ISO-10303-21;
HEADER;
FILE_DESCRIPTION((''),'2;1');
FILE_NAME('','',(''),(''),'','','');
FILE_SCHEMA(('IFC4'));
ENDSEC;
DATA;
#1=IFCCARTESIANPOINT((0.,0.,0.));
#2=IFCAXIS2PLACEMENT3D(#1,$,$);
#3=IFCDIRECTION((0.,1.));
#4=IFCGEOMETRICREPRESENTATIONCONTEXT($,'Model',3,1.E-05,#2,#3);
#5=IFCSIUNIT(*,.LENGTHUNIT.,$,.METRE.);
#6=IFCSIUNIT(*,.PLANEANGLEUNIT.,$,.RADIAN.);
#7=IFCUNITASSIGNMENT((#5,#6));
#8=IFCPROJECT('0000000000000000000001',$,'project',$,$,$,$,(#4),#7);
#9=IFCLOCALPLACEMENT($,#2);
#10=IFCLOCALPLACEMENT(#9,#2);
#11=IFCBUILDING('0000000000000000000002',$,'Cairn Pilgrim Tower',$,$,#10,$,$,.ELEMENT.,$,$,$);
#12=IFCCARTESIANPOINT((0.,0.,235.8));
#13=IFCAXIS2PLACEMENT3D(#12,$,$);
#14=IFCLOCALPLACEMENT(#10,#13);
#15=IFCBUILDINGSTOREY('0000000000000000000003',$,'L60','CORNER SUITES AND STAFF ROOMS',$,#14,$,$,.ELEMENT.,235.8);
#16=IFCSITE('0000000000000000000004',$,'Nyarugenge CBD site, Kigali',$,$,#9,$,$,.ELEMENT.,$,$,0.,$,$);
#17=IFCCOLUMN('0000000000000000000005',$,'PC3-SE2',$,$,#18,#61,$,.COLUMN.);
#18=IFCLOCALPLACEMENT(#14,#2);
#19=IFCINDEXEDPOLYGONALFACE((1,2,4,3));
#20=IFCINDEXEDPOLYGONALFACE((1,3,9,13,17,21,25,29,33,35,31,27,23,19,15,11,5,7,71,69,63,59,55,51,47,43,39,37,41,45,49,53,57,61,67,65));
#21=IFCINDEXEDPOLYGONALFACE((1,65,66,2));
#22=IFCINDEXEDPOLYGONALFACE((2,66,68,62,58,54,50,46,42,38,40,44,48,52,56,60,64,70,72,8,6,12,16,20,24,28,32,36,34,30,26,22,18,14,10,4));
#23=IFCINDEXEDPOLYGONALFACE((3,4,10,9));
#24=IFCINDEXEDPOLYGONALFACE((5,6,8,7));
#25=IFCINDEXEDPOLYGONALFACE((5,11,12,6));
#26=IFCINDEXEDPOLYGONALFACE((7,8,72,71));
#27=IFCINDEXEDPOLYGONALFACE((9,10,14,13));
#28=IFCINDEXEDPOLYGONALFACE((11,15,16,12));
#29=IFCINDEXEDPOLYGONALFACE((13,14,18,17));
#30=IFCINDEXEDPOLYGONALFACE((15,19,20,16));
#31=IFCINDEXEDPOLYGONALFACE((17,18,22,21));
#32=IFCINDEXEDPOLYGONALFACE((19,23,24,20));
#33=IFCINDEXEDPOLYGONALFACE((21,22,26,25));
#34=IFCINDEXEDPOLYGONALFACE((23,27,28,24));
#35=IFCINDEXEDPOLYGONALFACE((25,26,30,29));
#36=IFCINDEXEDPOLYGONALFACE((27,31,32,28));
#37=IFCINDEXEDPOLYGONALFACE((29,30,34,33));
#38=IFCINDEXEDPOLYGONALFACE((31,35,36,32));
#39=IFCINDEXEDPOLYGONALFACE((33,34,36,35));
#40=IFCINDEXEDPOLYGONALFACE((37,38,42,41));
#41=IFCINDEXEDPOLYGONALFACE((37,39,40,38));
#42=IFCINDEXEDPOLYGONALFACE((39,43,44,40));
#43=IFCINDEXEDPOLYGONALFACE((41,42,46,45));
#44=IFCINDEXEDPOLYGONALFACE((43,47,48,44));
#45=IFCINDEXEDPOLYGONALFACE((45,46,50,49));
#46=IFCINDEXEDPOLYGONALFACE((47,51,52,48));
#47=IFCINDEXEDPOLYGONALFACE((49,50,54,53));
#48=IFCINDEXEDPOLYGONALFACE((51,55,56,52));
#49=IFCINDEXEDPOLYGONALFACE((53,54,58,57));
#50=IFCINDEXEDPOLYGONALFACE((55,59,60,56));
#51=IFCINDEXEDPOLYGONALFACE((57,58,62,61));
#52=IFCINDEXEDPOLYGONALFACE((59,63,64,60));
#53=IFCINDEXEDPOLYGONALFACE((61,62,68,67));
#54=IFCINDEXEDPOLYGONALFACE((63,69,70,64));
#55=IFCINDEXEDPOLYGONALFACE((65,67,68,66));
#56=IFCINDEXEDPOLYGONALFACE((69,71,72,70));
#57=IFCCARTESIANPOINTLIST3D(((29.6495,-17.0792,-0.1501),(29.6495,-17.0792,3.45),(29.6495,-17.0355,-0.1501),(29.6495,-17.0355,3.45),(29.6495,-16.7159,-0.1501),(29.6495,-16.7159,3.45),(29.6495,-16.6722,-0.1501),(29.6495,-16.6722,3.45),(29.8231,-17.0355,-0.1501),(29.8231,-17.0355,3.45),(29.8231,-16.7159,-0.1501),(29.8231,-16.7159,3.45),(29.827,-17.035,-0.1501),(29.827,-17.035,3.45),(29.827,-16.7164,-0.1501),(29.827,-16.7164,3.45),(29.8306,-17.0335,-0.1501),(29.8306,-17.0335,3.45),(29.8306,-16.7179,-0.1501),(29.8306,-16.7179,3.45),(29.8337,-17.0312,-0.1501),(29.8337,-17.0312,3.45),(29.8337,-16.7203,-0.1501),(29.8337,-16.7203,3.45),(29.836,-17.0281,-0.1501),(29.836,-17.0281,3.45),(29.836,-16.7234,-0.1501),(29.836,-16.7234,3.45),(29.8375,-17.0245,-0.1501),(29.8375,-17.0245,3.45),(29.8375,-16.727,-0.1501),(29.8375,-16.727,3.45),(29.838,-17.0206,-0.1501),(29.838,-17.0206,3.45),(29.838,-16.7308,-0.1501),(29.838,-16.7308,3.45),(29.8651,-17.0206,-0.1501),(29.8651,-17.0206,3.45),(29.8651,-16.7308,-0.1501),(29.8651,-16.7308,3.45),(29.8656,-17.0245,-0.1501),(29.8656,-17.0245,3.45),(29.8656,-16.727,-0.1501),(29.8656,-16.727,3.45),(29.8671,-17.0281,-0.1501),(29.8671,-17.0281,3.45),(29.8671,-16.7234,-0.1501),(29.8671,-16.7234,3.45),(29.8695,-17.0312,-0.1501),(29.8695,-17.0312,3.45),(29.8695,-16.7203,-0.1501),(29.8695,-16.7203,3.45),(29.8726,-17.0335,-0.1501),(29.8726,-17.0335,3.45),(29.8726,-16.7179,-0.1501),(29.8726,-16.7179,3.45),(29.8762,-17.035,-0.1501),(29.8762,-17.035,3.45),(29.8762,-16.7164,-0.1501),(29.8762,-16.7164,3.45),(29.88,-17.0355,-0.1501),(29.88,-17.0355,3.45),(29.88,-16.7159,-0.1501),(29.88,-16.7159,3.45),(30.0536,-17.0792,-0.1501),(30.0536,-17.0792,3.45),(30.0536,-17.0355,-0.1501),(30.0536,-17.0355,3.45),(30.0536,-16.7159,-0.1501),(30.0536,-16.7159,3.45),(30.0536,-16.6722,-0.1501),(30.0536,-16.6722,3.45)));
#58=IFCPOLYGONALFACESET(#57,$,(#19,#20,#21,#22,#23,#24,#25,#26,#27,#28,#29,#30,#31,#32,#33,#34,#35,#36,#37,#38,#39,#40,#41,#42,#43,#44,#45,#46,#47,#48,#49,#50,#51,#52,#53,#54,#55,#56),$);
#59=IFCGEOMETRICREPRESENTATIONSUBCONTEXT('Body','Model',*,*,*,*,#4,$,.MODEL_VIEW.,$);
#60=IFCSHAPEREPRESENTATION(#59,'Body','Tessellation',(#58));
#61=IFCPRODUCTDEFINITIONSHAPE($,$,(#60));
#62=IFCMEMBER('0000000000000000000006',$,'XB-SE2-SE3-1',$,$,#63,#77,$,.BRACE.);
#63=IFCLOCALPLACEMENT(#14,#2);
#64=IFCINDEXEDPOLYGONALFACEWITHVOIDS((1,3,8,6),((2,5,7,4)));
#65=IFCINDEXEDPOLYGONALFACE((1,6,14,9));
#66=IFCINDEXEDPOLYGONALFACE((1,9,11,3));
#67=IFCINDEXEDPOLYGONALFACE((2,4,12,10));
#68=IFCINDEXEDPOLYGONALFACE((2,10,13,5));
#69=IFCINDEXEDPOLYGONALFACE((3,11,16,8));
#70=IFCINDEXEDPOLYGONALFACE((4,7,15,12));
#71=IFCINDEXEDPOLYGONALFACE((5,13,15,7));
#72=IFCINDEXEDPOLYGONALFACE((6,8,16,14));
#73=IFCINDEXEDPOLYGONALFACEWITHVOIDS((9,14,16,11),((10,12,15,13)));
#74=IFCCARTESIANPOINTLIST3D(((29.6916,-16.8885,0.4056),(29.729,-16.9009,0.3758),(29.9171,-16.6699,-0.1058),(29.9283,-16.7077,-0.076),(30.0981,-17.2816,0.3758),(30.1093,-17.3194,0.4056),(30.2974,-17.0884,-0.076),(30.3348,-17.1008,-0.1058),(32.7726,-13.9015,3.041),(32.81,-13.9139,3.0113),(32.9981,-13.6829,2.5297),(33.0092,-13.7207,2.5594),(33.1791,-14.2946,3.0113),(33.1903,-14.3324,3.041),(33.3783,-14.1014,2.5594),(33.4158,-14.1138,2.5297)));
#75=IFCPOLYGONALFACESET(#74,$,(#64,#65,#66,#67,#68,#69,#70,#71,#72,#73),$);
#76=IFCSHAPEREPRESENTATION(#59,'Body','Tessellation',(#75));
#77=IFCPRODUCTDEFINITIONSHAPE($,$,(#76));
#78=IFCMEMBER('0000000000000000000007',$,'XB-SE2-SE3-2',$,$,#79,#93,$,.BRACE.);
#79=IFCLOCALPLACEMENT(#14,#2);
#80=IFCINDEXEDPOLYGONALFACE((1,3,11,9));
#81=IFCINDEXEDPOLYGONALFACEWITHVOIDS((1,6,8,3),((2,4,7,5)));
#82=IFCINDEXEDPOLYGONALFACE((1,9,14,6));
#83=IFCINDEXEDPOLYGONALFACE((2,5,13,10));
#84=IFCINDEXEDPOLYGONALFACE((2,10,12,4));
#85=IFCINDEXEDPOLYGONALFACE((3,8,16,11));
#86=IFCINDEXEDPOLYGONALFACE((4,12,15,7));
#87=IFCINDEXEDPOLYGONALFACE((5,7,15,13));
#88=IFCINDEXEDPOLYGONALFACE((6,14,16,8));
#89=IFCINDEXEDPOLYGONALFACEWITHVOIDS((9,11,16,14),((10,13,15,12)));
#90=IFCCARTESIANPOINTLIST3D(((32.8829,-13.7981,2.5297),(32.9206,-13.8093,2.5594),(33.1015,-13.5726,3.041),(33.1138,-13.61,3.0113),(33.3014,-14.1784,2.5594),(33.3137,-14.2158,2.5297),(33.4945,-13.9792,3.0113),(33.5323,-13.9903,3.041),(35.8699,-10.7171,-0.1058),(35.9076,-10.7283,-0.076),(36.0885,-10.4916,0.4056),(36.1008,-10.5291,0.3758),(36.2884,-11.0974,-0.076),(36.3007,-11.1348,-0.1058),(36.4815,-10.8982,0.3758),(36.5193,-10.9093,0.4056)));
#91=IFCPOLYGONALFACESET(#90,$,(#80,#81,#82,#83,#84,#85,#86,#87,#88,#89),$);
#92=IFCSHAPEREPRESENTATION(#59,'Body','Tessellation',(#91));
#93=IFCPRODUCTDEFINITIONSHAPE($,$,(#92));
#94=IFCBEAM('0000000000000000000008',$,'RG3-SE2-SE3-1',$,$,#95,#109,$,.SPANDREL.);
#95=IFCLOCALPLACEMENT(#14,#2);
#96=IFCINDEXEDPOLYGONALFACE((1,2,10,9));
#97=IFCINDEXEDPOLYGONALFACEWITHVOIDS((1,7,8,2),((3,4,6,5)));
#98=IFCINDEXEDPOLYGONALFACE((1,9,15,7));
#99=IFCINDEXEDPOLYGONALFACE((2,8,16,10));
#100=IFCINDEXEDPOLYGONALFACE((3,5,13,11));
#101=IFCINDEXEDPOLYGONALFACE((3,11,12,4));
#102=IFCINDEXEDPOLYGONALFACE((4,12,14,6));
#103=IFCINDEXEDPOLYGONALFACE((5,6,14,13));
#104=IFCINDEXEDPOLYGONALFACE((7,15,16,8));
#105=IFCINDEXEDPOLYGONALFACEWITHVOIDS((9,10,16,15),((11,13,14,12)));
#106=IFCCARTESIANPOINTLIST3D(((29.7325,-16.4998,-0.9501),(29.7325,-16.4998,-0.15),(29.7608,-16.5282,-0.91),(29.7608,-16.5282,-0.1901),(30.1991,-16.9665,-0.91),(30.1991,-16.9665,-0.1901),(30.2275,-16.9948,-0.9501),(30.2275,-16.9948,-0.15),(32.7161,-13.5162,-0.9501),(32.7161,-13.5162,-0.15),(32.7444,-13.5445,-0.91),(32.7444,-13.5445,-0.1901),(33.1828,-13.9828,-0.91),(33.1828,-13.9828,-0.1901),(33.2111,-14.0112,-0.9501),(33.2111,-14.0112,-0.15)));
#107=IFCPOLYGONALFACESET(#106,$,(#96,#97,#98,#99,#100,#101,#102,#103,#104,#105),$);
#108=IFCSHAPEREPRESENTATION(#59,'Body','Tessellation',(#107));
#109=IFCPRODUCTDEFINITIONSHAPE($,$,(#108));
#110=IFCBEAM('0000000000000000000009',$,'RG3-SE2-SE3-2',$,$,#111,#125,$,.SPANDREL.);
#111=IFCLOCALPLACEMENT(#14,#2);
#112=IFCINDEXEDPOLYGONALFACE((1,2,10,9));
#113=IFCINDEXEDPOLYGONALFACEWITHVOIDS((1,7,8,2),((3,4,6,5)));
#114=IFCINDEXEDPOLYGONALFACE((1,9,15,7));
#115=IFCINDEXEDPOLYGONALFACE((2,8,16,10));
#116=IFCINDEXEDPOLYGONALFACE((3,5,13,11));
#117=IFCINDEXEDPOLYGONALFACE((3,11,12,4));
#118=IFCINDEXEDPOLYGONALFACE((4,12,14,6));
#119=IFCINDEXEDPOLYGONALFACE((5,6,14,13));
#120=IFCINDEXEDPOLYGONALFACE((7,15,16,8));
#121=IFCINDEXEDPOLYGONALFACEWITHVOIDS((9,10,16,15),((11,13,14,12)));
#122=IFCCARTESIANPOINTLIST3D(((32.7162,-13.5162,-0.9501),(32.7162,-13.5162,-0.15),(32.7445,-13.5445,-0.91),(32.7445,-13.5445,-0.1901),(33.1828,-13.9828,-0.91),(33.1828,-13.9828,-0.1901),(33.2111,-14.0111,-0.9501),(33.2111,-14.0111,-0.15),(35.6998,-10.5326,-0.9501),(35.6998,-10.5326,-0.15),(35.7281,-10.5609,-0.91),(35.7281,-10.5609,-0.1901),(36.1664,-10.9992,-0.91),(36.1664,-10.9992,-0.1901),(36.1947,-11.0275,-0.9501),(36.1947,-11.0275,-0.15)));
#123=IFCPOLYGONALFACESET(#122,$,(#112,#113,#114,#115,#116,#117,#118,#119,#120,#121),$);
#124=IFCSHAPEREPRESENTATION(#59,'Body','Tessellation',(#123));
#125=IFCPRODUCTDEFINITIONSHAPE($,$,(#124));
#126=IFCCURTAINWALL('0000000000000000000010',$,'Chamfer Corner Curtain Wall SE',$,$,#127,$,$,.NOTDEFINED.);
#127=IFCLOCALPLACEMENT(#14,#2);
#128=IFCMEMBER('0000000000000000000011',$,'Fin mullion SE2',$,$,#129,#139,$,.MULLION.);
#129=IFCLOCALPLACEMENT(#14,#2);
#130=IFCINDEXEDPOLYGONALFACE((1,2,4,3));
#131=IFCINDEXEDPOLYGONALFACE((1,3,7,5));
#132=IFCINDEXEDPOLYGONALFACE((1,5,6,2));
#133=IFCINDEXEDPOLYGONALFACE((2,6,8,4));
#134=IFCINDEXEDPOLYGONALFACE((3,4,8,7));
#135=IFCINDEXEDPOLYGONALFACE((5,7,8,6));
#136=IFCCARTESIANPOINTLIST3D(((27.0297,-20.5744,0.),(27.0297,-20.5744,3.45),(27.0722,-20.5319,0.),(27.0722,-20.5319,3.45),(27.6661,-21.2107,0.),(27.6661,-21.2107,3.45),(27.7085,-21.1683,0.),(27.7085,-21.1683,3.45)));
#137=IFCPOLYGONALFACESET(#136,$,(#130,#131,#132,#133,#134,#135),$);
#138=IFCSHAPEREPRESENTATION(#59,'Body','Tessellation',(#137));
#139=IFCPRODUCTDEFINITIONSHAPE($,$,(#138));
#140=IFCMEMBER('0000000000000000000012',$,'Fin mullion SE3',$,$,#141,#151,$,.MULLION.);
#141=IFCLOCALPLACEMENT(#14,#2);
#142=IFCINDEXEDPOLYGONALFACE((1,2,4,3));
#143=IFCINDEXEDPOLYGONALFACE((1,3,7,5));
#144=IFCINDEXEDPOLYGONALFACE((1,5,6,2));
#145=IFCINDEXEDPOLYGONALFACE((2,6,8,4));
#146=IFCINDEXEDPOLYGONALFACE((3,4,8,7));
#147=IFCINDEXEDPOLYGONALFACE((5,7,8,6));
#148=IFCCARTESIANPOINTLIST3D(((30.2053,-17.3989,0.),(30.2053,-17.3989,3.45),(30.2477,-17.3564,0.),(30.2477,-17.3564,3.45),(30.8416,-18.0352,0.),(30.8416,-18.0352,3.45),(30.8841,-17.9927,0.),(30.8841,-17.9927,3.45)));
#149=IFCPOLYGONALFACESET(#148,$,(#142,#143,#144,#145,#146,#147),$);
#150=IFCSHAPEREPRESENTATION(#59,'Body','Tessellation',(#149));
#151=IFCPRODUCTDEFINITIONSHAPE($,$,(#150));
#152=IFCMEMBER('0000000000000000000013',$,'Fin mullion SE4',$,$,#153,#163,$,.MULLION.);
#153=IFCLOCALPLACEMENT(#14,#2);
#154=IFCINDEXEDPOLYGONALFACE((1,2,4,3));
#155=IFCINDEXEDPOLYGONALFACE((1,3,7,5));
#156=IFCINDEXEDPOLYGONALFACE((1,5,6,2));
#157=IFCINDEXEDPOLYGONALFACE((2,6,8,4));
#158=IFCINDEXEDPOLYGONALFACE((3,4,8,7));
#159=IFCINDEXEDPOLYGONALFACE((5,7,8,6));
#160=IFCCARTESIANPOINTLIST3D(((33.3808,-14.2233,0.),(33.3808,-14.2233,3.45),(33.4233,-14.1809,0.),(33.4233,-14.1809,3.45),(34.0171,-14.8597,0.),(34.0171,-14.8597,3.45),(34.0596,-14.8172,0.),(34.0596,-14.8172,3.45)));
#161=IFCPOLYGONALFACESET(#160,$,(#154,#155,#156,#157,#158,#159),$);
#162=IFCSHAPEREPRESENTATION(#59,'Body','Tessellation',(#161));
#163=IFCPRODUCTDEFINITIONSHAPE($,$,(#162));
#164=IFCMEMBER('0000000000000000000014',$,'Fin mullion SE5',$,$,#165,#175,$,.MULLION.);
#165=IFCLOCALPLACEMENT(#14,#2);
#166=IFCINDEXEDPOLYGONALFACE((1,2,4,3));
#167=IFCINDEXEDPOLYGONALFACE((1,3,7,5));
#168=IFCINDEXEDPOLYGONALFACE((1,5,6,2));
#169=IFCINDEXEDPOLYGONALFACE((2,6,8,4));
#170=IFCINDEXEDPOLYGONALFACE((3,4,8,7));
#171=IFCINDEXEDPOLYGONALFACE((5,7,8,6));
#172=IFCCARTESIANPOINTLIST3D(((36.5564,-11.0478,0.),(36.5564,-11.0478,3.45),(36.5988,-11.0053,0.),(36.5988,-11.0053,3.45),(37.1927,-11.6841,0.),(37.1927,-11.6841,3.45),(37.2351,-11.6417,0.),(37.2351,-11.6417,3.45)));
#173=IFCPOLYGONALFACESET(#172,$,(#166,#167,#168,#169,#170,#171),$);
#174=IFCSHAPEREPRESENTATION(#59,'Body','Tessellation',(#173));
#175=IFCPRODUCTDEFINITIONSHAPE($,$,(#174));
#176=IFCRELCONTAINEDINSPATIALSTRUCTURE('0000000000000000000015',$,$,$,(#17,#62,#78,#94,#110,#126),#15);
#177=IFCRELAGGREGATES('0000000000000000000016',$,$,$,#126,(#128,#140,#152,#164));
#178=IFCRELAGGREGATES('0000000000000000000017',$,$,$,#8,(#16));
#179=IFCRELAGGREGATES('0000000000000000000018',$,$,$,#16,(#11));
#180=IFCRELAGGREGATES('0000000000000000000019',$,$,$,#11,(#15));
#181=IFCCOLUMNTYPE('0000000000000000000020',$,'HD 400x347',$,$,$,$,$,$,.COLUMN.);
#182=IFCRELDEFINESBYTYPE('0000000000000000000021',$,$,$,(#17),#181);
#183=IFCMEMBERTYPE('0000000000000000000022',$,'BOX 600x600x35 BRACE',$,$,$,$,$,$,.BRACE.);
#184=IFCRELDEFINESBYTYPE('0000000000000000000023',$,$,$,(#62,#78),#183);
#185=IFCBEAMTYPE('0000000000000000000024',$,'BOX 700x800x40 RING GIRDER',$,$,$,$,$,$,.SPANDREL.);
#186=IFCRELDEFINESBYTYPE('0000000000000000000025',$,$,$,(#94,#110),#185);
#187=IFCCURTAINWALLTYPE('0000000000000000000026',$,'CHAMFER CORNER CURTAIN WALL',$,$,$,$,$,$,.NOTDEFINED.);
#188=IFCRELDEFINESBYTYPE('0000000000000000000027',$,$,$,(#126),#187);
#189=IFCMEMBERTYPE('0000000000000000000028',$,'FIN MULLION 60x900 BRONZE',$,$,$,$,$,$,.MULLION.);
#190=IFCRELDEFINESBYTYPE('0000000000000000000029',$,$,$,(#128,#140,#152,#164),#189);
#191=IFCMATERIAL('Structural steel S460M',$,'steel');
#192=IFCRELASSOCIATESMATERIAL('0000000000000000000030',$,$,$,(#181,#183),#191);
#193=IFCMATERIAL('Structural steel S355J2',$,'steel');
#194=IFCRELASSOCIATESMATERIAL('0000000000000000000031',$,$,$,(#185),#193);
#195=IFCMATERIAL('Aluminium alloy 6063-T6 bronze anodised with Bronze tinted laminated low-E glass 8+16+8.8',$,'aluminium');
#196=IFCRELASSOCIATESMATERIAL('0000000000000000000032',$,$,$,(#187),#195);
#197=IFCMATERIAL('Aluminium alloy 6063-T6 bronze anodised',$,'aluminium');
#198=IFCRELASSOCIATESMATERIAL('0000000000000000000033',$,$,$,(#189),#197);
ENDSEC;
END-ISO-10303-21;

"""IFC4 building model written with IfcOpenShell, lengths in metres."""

from ifc_helpers import new_model, si_unit, direction, frame, origin, origin_2d, place, context, subcontext, project, spatial, rectangle, hollow_rectangle, i_section, extrude, material, material_profile, profile_set, type_object, element, aggregate, save


model = new_model("IFC4")

# Units and contexts
model_context = context("Model", 3, precision=1e-05, world=origin(), true_north=direction((0.0, 1.0)))
body_context = subcontext(model_context, "Body", "Model", "MODEL_VIEW")
ifc_project = project(units=[si_unit("LENGTHUNIT", "METRE"), si_unit("PLANEANGLEUNIT", "RADIAN")], contexts=[model_context])

# Site, building, storey
site_placement = place(None, origin())
site = spatial("IfcSite", under=ifc_project, at=site_placement, Name="Nyarugenge CBD site, Kigali", CompositionType="ELEMENT", RefElevation=0.0)
building_placement = place(site_placement, origin())
building = spatial("IfcBuilding", under=site, at=building_placement, Name="Cairn Pilgrim Tower", CompositionType="ELEMENT")
storey_placement = place(building_placement, frame((0.0, 0.0, 235.8)))
storey = spatial("IfcBuildingStorey", under=building, at=storey_placement, Name="L60", Description="CORNER SUITES AND STAFF ROOMS", CompositionType="ELEMENT", Elevation=235.8)

# Column
ifc_material_1 = material(Name="Structural steel S460M", Category="steel")
ifc_material_profile_1 = material_profile(ifc_material_1, i_section(OverallWidth=0.4041, OverallDepth=0.407, WebThickness=0.0271, FlangeThickness=0.0437, FilletRadius=0.0149, at=origin_2d()), Name="HD 400x347")
ifc_profile_set_1 = profile_set([ifc_material_profile_1], Name="Structural steel S460M")
column_type = type_object("IfcColumnType", Name="HD 400x347", PredefinedType="COLUMN", material=ifc_profile_set_1)
column_placement = place(storey_placement, frame((29.8516, -16.8757, -0.1501), z_axis=(0.0, 0.0, 1.0), x_axis=(1.0, 0.0, 0.0)))
element("IfcColumn", 1, at=column_placement, inside=storey, type_object=column_type, Name="PC3-SE2", PredefinedType="COLUMN", context=body_context, shape_type="SweptSolid", body=[
    extrude(i_section(OverallWidth=0.4041, OverallDepth=0.407, WebThickness=0.0271, FlangeThickness=0.0437, FilletRadius=0.0149, at=origin_2d()), origin(), (0.0, 0.0, 1.0), 3.6001),
])

# Members
ifc_material_profile_2 = material_profile(ifc_material_1, hollow_rectangle(XDim=0.6001, YDim=0.6001, WallThickness=0.0349, at=origin_2d()), Name="BOX 600x600x35")
ifc_profile_set_2 = profile_set([ifc_material_profile_2], Name="Structural steel S460M")
member_type_1 = type_object("IfcMemberType", Name="BOX 600x600x35 BRACE", PredefinedType="BRACE", material=ifc_profile_set_2)
for number, where, z_axis, x_axis, name in (
    (2, (30.0132, -16.9946, 0.1499), (0.611806, 0.593142, 0.523332), (-0.69607, 0.717974, 0.0), "XB-SE2-SE3-1"),
    (3, (36.1946, -10.8132, 0.1499), (-0.593142, -0.611806, 0.523332), (0.717974, -0.69607, 0.0), "XB-SE2-SE3-2"),
):
    element("IfcMember", number, at=place(storey_placement, frame(where, z_axis=z_axis, x_axis=x_axis)), inside=storey, type_object=member_type_1, Name=name, PredefinedType="BRACE", context=body_context, shape_type="SweptSolid", body=[
        extrude(hollow_rectangle(XDim=0.6001, YDim=0.6001, WallThickness=0.0349, at=origin_2d()), origin(), (0.0, 0.0, 1.0), 5.0359),
    ])

# Beams
ifc_material_2 = material(Name="Structural steel S355J2", Category="steel")
ifc_material_profile_3 = material_profile(ifc_material_2, hollow_rectangle(XDim=0.7, YDim=0.8, WallThickness=0.04, at=origin_2d()), Name="BOX 700x800x40")
ifc_profile_set_3 = profile_set([ifc_material_profile_3], Name="Structural steel S355J2")
beam_type_1 = type_object("IfcBeamType", Name="BOX 700x800x40 RING GIRDER", PredefinedType="SPANDREL", material=ifc_profile_set_3)
for number, where, z_axis, x_axis, name in (
    (4, (29.98, -16.7473, -0.55), (0.707107, 0.707107, 0.0), (-0.707107, 0.707107, 0.0), "RG3-SE2-SE3-1"),
    (5, (32.9636, -13.7637, -0.55), (0.707107, 0.707107, 0.0), (-0.707107, 0.707107, 0.0), "RG3-SE2-SE3-2"),
):
    element("IfcBeam", number, at=place(storey_placement, frame(where, z_axis=z_axis, x_axis=x_axis)), inside=storey, type_object=beam_type_1, Name=name, PredefinedType="SPANDREL", context=body_context, shape_type="SweptSolid", body=[
        extrude(hollow_rectangle(XDim=0.7, YDim=0.8, WallThickness=0.04, at=origin_2d()), origin(), (0.0, 0.0, 1.0), 4.2195),
    ])

# Curtain wall, members
ifc_material_3 = material(Name="Aluminium alloy 6063-T6 bronze anodised with Bronze tinted laminated low-E glass 8+16+8.8", Category="aluminium")
curtain_wall_type = type_object("IfcCurtainWallType", Name="CHAMFER CORNER CURTAIN WALL", PredefinedType="NOTDEFINED", material=ifc_material_3)
curtain_wall_placement = place(storey_placement, origin())
curtain_wall = element("IfcCurtainWall", 6, at=curtain_wall_placement, inside=storey, type_object=curtain_wall_type, Name="Chamfer Corner Curtain Wall SE", PredefinedType="NOTDEFINED")
ifc_material_4 = material(Name="Aluminium alloy 6063-T6 bronze anodised", Category="aluminium")
ifc_material_profile_4 = material_profile(ifc_material_4, rectangle(XDim=0.8999, YDim=0.0601, at=origin_2d()), Name="FIN MULLION 60x900 BRONZE")
ifc_profile_set_4 = profile_set([ifc_material_profile_4], Name="Aluminium alloy 6063-T6 bronze anodised")
member_type_2 = type_object("IfcMemberType", Name="FIN MULLION 60x900 BRONZE", PredefinedType="MULLION", material=ifc_profile_set_4)
member_1_placement = place(storey_placement, frame((27.3691, -20.8713, 0.0), z_axis=(0.0, 0.0, 1.0), x_axis=(0.707107, -0.707107, 0.0)))
member_1 = element("IfcMember", 7, at=member_1_placement, type_object=member_type_2, Name="Fin mullion SE2", PredefinedType="MULLION", context=body_context, shape_type="SweptSolid", body=[
    extrude(rectangle(XDim=0.8999, YDim=0.0601, at=origin_2d()), origin(), (0.0, 0.0, 1.0), 3.45),
])
member_2_placement = place(storey_placement, frame((30.5447, -17.6958, 0.0), z_axis=(0.0, 0.0, 1.0), x_axis=(0.707107, -0.707107, 0.0)))
member_2 = element("IfcMember", 8, at=member_2_placement, type_object=member_type_2, Name="Fin mullion SE3", PredefinedType="MULLION", context=body_context, shape_type="SweptSolid", body=[
    extrude(rectangle(XDim=0.8999, YDim=0.0601, at=origin_2d()), origin(), (0.0, 0.0, 1.0), 3.45),
])
member_3_placement = place(storey_placement, frame((33.7202, -14.5203, 0.0), z_axis=(0.0, 0.0, 1.0), x_axis=(0.707107, -0.707107, 0.0)))
member_3 = element("IfcMember", 9, at=member_3_placement, type_object=member_type_2, Name="Fin mullion SE4", PredefinedType="MULLION", context=body_context, shape_type="SweptSolid", body=[
    extrude(rectangle(XDim=0.8999, YDim=0.0601, at=origin_2d()), origin(), (0.0, 0.0, 1.0), 3.45),
])
member_4_placement = place(storey_placement, frame((36.8958, -11.3447, 0.0), z_axis=(0.0, 0.0, 1.0), x_axis=(0.707107, -0.707107, 0.0)))
member_4 = element("IfcMember", 10, at=member_4_placement, type_object=member_type_2, Name="Fin mullion SE5", PredefinedType="MULLION", context=body_context, shape_type="SweptSolid", body=[
    extrude(rectangle(XDim=0.8999, YDim=0.0601, at=origin_2d()), origin(), (0.0, 0.0, 1.0), 3.45),
])

aggregate(curtain_wall, [member_1, member_2, member_3, member_4])

save(model, "model.ifc")
